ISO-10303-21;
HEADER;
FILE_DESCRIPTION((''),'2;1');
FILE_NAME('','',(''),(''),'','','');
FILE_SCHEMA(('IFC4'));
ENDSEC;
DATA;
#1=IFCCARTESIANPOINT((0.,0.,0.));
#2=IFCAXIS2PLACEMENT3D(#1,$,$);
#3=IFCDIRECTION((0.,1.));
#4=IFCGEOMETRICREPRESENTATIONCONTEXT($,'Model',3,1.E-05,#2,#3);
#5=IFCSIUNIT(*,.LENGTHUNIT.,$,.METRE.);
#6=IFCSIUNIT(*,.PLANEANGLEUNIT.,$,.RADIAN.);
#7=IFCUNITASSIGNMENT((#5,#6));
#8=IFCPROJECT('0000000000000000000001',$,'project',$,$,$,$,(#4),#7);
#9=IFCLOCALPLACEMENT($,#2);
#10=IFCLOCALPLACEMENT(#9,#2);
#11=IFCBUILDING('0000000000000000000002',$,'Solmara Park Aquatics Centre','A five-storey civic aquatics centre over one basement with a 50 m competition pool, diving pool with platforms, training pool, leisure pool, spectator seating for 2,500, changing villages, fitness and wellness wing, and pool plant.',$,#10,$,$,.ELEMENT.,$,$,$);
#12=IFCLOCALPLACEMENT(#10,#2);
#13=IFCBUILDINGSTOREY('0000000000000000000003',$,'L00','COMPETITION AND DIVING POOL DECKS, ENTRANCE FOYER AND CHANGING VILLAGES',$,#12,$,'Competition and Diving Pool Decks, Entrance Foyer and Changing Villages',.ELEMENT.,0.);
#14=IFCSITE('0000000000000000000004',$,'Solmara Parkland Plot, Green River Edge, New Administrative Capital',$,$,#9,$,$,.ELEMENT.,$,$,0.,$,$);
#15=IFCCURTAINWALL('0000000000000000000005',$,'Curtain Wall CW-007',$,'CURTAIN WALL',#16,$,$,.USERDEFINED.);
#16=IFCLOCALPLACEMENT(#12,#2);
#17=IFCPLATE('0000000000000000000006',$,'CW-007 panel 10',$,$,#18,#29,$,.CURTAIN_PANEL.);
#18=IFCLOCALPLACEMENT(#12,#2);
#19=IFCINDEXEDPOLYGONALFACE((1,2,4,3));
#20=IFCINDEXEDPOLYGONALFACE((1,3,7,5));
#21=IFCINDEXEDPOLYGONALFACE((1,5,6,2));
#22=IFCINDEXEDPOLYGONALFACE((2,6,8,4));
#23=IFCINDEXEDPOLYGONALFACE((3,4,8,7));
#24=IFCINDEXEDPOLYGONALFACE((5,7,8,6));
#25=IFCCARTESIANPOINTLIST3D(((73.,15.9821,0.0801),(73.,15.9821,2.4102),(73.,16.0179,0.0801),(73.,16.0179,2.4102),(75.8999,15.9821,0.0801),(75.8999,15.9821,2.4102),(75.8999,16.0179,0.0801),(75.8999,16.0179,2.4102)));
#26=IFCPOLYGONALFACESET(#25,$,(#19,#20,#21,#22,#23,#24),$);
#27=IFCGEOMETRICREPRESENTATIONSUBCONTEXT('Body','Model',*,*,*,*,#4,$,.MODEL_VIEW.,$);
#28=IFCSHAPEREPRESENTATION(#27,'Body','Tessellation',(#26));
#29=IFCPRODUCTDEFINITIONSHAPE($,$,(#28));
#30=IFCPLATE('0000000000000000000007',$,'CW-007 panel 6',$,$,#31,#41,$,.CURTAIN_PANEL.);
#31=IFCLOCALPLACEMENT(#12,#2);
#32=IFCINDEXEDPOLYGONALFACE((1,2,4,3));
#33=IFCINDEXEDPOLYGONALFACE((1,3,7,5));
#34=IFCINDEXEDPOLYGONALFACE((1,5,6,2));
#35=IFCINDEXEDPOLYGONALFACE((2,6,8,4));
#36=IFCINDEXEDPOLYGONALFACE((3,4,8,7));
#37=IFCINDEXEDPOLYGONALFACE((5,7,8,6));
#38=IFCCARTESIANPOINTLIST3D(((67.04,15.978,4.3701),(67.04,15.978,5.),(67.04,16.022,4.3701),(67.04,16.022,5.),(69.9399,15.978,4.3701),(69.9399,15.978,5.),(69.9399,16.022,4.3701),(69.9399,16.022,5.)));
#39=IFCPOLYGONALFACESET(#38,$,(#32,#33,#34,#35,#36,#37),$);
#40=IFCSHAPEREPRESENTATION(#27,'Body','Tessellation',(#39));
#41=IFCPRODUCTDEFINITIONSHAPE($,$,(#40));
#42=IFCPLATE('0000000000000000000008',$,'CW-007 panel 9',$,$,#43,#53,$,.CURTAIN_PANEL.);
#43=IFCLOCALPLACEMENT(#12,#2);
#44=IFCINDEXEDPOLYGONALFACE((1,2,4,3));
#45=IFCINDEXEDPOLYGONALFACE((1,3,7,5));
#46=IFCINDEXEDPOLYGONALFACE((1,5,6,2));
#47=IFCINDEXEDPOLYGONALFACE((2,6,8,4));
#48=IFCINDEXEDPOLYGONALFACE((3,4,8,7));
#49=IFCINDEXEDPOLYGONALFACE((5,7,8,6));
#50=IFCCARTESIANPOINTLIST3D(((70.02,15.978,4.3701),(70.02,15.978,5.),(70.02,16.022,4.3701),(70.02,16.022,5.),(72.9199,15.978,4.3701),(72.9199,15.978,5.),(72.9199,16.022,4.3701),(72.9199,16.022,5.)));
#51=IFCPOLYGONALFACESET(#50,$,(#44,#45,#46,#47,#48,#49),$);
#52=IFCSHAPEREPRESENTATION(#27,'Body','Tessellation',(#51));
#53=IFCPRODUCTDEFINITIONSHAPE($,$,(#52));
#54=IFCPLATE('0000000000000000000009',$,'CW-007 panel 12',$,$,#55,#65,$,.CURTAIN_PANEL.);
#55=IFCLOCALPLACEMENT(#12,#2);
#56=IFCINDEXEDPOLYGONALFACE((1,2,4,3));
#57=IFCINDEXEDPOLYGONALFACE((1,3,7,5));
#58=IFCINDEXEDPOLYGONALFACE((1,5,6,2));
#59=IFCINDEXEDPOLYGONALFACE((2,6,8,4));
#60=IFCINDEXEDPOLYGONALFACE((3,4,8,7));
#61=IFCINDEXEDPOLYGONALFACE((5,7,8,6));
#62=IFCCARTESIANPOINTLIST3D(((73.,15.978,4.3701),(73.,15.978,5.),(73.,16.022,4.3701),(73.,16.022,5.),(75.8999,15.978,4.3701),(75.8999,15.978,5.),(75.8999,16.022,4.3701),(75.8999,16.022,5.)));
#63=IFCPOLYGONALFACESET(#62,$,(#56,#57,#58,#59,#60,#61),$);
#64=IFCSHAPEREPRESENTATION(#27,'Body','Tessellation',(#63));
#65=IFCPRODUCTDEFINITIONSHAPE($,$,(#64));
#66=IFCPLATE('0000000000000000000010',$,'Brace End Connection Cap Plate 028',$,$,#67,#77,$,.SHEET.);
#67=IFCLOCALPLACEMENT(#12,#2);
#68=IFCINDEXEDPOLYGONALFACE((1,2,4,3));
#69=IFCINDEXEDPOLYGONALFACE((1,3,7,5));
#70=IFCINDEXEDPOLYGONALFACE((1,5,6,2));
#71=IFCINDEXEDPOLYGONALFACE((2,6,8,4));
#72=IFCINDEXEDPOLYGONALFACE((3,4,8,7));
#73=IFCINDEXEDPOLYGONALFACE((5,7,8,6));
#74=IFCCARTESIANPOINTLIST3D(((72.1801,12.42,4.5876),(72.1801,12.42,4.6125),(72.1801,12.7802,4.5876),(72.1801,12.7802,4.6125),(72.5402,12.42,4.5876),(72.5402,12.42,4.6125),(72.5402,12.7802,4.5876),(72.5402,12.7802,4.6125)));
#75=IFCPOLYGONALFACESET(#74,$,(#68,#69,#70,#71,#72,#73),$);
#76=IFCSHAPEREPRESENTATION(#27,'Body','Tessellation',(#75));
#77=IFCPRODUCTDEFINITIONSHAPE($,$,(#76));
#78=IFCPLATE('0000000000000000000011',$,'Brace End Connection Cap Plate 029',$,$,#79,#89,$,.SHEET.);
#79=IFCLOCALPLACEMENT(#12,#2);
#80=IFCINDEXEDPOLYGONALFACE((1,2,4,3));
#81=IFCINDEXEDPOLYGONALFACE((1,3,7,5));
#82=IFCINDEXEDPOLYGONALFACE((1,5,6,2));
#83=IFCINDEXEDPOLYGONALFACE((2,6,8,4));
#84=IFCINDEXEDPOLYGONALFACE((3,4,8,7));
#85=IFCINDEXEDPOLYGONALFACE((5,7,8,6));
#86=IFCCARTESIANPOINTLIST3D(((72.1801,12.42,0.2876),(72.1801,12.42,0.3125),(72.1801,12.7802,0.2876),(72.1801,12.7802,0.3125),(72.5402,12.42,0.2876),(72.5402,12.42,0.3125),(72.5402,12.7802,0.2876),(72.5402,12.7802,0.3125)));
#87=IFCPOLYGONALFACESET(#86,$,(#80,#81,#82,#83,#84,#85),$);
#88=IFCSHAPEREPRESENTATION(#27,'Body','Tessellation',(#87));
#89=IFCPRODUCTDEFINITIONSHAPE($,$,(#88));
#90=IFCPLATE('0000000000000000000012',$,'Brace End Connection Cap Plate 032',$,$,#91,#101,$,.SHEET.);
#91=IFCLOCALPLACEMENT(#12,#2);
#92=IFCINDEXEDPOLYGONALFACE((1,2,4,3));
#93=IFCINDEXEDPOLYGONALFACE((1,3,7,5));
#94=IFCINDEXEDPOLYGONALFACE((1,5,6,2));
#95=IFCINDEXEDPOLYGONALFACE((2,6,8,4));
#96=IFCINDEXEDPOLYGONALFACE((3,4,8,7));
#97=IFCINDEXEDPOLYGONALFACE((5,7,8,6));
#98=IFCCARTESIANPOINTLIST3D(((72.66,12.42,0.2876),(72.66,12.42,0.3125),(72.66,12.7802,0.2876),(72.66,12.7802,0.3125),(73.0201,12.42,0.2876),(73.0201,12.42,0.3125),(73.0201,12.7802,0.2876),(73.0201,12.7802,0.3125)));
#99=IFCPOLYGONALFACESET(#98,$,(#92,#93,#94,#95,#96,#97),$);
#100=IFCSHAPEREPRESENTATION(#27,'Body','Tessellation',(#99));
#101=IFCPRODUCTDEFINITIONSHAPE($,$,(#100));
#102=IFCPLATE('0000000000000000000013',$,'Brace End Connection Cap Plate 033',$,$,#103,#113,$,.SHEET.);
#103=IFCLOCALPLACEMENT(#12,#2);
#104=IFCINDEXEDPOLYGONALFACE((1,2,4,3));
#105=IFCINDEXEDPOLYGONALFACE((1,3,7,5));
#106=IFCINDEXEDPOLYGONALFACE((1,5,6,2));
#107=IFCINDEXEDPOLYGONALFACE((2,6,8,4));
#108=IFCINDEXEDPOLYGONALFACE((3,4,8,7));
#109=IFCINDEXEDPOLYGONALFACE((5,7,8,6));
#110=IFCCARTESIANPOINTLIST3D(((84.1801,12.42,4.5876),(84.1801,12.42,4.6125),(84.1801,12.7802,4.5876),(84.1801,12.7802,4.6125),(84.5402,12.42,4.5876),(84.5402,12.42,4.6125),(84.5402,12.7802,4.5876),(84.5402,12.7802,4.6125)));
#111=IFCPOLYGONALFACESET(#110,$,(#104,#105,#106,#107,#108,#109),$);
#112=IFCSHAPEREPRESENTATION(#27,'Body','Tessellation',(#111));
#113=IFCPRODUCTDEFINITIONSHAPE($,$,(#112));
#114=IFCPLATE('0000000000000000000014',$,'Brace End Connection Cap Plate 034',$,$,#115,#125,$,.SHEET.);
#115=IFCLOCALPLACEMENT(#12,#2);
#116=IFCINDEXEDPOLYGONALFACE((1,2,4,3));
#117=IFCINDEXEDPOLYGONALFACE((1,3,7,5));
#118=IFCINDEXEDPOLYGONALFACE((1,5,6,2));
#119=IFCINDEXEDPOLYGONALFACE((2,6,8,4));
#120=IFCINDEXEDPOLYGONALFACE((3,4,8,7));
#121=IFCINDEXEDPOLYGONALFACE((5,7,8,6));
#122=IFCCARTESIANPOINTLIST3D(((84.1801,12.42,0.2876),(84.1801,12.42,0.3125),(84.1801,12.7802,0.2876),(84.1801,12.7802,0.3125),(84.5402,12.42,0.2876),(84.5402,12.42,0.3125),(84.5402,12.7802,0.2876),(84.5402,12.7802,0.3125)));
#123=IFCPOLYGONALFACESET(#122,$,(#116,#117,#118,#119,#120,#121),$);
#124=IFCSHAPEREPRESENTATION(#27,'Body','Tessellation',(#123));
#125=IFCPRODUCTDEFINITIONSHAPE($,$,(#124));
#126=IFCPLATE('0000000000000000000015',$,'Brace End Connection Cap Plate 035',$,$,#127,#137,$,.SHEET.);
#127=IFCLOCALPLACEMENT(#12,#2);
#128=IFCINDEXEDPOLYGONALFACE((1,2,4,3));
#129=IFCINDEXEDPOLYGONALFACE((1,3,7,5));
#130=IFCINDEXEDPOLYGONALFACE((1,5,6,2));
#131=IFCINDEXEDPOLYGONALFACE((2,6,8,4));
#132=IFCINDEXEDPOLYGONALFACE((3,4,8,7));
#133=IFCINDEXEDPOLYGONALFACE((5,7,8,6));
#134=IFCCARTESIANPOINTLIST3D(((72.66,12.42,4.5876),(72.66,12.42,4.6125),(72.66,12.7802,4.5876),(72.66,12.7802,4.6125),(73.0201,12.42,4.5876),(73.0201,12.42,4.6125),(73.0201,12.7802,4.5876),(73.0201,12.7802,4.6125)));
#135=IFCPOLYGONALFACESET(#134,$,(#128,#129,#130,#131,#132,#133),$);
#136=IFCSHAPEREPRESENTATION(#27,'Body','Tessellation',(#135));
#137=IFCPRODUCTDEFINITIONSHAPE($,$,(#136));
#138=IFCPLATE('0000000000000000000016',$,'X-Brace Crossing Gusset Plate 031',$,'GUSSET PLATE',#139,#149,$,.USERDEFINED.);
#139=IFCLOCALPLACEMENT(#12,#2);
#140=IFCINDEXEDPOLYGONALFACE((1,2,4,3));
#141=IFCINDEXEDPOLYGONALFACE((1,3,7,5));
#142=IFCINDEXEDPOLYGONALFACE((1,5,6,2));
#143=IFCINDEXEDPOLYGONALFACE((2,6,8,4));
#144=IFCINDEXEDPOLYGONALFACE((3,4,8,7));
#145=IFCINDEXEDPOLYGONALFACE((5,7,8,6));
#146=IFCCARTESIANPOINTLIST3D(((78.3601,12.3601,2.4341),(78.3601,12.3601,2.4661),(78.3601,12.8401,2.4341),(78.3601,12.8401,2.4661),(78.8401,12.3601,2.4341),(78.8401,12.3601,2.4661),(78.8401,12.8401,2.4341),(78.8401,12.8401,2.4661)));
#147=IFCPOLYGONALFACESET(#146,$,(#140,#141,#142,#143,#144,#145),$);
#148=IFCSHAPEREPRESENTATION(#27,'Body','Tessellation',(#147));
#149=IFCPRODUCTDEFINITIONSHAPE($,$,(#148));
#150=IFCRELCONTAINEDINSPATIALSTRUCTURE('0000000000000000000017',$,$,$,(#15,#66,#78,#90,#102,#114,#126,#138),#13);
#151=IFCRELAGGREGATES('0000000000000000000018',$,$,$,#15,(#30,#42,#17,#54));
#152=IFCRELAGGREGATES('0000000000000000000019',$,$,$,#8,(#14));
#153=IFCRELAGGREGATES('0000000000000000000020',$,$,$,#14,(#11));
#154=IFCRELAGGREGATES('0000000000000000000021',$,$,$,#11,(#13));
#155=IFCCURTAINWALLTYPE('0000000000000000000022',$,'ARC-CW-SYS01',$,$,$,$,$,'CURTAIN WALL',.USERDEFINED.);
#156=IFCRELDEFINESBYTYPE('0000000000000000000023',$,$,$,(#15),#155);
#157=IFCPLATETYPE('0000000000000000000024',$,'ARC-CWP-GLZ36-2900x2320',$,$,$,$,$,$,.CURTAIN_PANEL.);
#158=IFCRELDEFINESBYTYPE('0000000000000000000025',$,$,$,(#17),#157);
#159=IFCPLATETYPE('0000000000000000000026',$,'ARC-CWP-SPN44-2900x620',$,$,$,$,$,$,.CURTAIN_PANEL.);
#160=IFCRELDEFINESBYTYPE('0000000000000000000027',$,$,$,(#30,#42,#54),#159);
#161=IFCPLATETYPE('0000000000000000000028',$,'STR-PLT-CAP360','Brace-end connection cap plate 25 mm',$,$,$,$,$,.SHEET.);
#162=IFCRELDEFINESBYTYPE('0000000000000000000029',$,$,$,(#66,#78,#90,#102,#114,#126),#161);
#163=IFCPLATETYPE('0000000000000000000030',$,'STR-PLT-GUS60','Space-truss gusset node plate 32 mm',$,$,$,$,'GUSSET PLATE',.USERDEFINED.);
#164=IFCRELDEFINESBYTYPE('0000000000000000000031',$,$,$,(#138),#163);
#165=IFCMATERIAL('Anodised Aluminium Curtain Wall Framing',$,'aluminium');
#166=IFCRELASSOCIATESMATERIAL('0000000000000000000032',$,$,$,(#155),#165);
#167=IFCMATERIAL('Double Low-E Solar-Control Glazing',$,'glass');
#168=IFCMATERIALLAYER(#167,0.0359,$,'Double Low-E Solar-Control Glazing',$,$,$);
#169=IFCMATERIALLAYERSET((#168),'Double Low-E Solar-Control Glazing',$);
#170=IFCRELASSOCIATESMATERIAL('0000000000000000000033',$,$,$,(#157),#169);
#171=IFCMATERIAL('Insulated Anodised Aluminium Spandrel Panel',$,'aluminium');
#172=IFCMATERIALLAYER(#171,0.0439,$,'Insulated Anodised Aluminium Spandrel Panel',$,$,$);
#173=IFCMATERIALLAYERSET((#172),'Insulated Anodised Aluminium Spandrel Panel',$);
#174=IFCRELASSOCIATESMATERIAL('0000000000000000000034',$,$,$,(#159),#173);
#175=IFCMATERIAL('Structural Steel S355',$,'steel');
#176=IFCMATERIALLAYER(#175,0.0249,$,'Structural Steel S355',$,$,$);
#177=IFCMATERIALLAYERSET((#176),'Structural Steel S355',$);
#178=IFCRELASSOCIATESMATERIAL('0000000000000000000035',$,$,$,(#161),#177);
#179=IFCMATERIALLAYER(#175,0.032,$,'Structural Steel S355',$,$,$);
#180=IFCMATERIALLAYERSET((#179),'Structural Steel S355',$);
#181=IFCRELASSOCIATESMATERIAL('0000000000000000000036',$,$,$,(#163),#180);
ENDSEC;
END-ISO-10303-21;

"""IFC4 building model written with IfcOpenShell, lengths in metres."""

from ifc_helpers import new_model, si_unit, direction, frame, origin, origin_2d, place, context, subcontext, project, spatial, rectangle, extrude, material, layer, layer_set, type_object, element, aggregate, save


model = new_model("IFC4")

# Units and contexts
model_context = context("Model", 3, precision=1e-05, world=origin(), true_north=direction((0.0, 1.0)))
body_context = subcontext(model_context, "Body", "Model", "MODEL_VIEW")
ifc_project = project(units=[si_unit("LENGTHUNIT", "METRE"), si_unit("PLANEANGLEUNIT", "RADIAN")], contexts=[model_context])

# Site, building, storey
site_placement = place(None, origin())
site = spatial("IfcSite", under=ifc_project, at=site_placement, Name="Solmara Parkland Plot, Green River Edge, New Administrative Capital", CompositionType="ELEMENT", RefElevation=0.0)
building_placement = place(site_placement, origin())
building = spatial("IfcBuilding", under=site, at=building_placement, Name="Solmara Park Aquatics Centre", Description="A five-storey civic aquatics centre over one basement with a 50 m competition pool, diving pool with platforms, training pool, leisure pool, spectator seating for 2,500, changing villages, fitness and wellness wing, and pool plant.", CompositionType="ELEMENT")
storey_placement = place(building_placement, origin())
storey = spatial("IfcBuildingStorey", under=building, at=storey_placement, Name="L00", Description="COMPETITION AND DIVING POOL DECKS, ENTRANCE FOYER AND CHANGING VILLAGES", LongName="Competition and Diving Pool Decks, Entrance Foyer and Changing Villages", CompositionType="ELEMENT", Elevation=0.0)

# Shared definitions
ifc_material_1 = material(Name="Structural Steel S355", Category="steel")

# Curtain wall
ifc_material_2 = material(Name="Anodised Aluminium Curtain Wall Framing", Category="aluminium")
curtain_wall_type = type_object("IfcCurtainWallType", Name="ARC-CW-SYS01", ElementType="CURTAIN WALL", PredefinedType="USERDEFINED", material=ifc_material_2)
curtain_wall_1_placement = place(storey_placement, origin())
curtain_wall_1 = element("IfcCurtainWall", 1, at=curtain_wall_1_placement, inside=storey, type_object=curtain_wall_type, Name="Curtain Wall CW-007", ObjectType="CURTAIN WALL", PredefinedType="USERDEFINED")

# Plates
ifc_material_3 = material(Name="Double Low-E Solar-Control Glazing", Category="glass")
ifc_layer_1 = layer(ifc_material_3, 0.0359, Name="Double Low-E Solar-Control Glazing")
ifc_layer_set_1 = layer_set([ifc_layer_1], Name="Double Low-E Solar-Control Glazing")
plate_type_1 = type_object("IfcPlateType", Name="ARC-CWP-GLZ36-2900x2320", PredefinedType="CURTAIN_PANEL", material=ifc_layer_set_1)
plate_1_placement = place(storey_placement, frame((74.45, 16.0, 0.0801), z_axis=(0.0, 0.0, 1.0), x_axis=(1.0, 0.0, 0.0)))
plate_1 = element("IfcPlate", 2, at=plate_1_placement, type_object=plate_type_1, Name="CW-007 panel 10", PredefinedType="CURTAIN_PANEL", context=body_context, shape_type="SweptSolid", body=[
    extrude(rectangle(XDim=2.8999, YDim=0.0359, at=origin_2d()), origin(), (0.0, 0.0, 1.0), 2.3301),
])
ifc_material_4 = material(Name="Insulated Anodised Aluminium Spandrel Panel", Category="aluminium")
ifc_layer_2 = layer(ifc_material_4, 0.0439, Name="Insulated Anodised Aluminium Spandrel Panel")
ifc_layer_set_2 = layer_set([ifc_layer_2], Name="Insulated Anodised Aluminium Spandrel Panel")
plate_type_2 = type_object("IfcPlateType", Name="ARC-CWP-SPN44-2900x620", PredefinedType="CURTAIN_PANEL", material=ifc_layer_set_2)
plate_2_placement = place(storey_placement, frame((68.49, 16.0, 4.3701), z_axis=(0.0, 0.0, 1.0), x_axis=(1.0, 0.0, 0.0)))
plate_2 = element("IfcPlate", 3, at=plate_2_placement, type_object=plate_type_2, Name="CW-007 panel 6", PredefinedType="CURTAIN_PANEL", context=body_context, shape_type="SweptSolid", body=[
    extrude(rectangle(XDim=2.8999, YDim=0.0439, at=origin_2d()), origin(), (0.0, 0.0, 1.0), 0.6299),
])
plate_3_placement = place(storey_placement, frame((71.47, 16.0, 4.3701), z_axis=(0.0, 0.0, 1.0), x_axis=(1.0, 0.0, 0.0)))
plate_3 = element("IfcPlate", 4, at=plate_3_placement, type_object=plate_type_2, Name="CW-007 panel 9", PredefinedType="CURTAIN_PANEL", context=body_context, shape_type="SweptSolid", body=[
    extrude(rectangle(XDim=2.8999, YDim=0.0439, at=origin_2d()), origin(), (0.0, 0.0, 1.0), 0.6299),
])
plate_4_placement = place(storey_placement, frame((74.45, 16.0, 4.3701), z_axis=(0.0, 0.0, 1.0), x_axis=(1.0, 0.0, 0.0)))
plate_4 = element("IfcPlate", 5, at=plate_4_placement, type_object=plate_type_2, Name="CW-007 panel 12", PredefinedType="CURTAIN_PANEL", context=body_context, shape_type="SweptSolid", body=[
    extrude(rectangle(XDim=2.8999, YDim=0.0439, at=origin_2d()), origin(), (0.0, 0.0, 1.0), 0.6299),
])
aggregate(curtain_wall_1, [plate_2, plate_3, plate_1, plate_4])

# Plates
ifc_layer_3 = layer(ifc_material_1, 0.0249, Name="Structural Steel S355")
ifc_layer_set_3 = layer_set([ifc_layer_3], Name="Structural Steel S355")
plate_type_3 = type_object("IfcPlateType", Name="STR-PLT-CAP360", Description="Brace-end connection cap plate 25 mm", PredefinedType="SHEET", material=ifc_layer_set_3)
for number, where, z_axis, x_axis, name in (
    (6, (72.3601, 12.6001, 4.5876), (0.0, 0.0, 1.0), (1.0, 0.0, 0.0), "Brace End Connection Cap Plate 028"),
    (7, (72.3601, 12.6001, 0.2876), (0.0, 0.0, 1.0), (1.0, 0.0, 0.0), "Brace End Connection Cap Plate 029"),
    (8, (72.8401, 12.6001, 0.2876), (0.0, 0.0, 1.0), (1.0, 0.0, 0.0), "Brace End Connection Cap Plate 032"),
    (9, (84.3601, 12.6001, 4.5876), (0.0, 0.0, 1.0), (1.0, 0.0, 0.0), "Brace End Connection Cap Plate 033"),
    (10, (84.3601, 12.6001, 0.2876), (0.0, 0.0, 1.0), (1.0, 0.0, 0.0), "Brace End Connection Cap Plate 034"),
    (11, (72.8401, 12.6001, 4.5876), (0.0, 0.0, 1.0), (1.0, 0.0, 0.0), "Brace End Connection Cap Plate 035"),
):
    element("IfcPlate", number, at=place(storey_placement, frame(where, z_axis=z_axis, x_axis=x_axis)), inside=storey, type_object=plate_type_3, Name=name, PredefinedType="SHEET", context=body_context, shape_type="SweptSolid", body=[
        extrude(rectangle(XDim=0.3601, YDim=0.3601, at=origin_2d()), origin(), (0.0, 0.0, 1.0), 0.0249),
    ])
ifc_layer_4 = layer(ifc_material_1, 0.032, Name="Structural Steel S355")
ifc_layer_set_4 = layer_set([ifc_layer_4], Name="Structural Steel S355")
plate_type_4 = type_object("IfcPlateType", Name="STR-PLT-GUS60", Description="Space-truss gusset node plate 32 mm", ElementType="GUSSET PLATE", PredefinedType="USERDEFINED", material=ifc_layer_set_4)
plate_5_placement = place(storey_placement, frame((78.6001, 12.6001, 2.4341), z_axis=(0.0, 0.0, 1.0), x_axis=(1.0, 0.0, 0.0)))
element("IfcPlate", 12, at=plate_5_placement, inside=storey, type_object=plate_type_4, Name="X-Brace Crossing Gusset Plate 031", ObjectType="GUSSET PLATE", PredefinedType="USERDEFINED", context=body_context, shape_type="SweptSolid", body=[
    extrude(rectangle(XDim=0.48, YDim=0.48, at=origin_2d()), origin(), (0.0, 0.0, 1.0), 0.032),
])

save(model, "model.ifc")
